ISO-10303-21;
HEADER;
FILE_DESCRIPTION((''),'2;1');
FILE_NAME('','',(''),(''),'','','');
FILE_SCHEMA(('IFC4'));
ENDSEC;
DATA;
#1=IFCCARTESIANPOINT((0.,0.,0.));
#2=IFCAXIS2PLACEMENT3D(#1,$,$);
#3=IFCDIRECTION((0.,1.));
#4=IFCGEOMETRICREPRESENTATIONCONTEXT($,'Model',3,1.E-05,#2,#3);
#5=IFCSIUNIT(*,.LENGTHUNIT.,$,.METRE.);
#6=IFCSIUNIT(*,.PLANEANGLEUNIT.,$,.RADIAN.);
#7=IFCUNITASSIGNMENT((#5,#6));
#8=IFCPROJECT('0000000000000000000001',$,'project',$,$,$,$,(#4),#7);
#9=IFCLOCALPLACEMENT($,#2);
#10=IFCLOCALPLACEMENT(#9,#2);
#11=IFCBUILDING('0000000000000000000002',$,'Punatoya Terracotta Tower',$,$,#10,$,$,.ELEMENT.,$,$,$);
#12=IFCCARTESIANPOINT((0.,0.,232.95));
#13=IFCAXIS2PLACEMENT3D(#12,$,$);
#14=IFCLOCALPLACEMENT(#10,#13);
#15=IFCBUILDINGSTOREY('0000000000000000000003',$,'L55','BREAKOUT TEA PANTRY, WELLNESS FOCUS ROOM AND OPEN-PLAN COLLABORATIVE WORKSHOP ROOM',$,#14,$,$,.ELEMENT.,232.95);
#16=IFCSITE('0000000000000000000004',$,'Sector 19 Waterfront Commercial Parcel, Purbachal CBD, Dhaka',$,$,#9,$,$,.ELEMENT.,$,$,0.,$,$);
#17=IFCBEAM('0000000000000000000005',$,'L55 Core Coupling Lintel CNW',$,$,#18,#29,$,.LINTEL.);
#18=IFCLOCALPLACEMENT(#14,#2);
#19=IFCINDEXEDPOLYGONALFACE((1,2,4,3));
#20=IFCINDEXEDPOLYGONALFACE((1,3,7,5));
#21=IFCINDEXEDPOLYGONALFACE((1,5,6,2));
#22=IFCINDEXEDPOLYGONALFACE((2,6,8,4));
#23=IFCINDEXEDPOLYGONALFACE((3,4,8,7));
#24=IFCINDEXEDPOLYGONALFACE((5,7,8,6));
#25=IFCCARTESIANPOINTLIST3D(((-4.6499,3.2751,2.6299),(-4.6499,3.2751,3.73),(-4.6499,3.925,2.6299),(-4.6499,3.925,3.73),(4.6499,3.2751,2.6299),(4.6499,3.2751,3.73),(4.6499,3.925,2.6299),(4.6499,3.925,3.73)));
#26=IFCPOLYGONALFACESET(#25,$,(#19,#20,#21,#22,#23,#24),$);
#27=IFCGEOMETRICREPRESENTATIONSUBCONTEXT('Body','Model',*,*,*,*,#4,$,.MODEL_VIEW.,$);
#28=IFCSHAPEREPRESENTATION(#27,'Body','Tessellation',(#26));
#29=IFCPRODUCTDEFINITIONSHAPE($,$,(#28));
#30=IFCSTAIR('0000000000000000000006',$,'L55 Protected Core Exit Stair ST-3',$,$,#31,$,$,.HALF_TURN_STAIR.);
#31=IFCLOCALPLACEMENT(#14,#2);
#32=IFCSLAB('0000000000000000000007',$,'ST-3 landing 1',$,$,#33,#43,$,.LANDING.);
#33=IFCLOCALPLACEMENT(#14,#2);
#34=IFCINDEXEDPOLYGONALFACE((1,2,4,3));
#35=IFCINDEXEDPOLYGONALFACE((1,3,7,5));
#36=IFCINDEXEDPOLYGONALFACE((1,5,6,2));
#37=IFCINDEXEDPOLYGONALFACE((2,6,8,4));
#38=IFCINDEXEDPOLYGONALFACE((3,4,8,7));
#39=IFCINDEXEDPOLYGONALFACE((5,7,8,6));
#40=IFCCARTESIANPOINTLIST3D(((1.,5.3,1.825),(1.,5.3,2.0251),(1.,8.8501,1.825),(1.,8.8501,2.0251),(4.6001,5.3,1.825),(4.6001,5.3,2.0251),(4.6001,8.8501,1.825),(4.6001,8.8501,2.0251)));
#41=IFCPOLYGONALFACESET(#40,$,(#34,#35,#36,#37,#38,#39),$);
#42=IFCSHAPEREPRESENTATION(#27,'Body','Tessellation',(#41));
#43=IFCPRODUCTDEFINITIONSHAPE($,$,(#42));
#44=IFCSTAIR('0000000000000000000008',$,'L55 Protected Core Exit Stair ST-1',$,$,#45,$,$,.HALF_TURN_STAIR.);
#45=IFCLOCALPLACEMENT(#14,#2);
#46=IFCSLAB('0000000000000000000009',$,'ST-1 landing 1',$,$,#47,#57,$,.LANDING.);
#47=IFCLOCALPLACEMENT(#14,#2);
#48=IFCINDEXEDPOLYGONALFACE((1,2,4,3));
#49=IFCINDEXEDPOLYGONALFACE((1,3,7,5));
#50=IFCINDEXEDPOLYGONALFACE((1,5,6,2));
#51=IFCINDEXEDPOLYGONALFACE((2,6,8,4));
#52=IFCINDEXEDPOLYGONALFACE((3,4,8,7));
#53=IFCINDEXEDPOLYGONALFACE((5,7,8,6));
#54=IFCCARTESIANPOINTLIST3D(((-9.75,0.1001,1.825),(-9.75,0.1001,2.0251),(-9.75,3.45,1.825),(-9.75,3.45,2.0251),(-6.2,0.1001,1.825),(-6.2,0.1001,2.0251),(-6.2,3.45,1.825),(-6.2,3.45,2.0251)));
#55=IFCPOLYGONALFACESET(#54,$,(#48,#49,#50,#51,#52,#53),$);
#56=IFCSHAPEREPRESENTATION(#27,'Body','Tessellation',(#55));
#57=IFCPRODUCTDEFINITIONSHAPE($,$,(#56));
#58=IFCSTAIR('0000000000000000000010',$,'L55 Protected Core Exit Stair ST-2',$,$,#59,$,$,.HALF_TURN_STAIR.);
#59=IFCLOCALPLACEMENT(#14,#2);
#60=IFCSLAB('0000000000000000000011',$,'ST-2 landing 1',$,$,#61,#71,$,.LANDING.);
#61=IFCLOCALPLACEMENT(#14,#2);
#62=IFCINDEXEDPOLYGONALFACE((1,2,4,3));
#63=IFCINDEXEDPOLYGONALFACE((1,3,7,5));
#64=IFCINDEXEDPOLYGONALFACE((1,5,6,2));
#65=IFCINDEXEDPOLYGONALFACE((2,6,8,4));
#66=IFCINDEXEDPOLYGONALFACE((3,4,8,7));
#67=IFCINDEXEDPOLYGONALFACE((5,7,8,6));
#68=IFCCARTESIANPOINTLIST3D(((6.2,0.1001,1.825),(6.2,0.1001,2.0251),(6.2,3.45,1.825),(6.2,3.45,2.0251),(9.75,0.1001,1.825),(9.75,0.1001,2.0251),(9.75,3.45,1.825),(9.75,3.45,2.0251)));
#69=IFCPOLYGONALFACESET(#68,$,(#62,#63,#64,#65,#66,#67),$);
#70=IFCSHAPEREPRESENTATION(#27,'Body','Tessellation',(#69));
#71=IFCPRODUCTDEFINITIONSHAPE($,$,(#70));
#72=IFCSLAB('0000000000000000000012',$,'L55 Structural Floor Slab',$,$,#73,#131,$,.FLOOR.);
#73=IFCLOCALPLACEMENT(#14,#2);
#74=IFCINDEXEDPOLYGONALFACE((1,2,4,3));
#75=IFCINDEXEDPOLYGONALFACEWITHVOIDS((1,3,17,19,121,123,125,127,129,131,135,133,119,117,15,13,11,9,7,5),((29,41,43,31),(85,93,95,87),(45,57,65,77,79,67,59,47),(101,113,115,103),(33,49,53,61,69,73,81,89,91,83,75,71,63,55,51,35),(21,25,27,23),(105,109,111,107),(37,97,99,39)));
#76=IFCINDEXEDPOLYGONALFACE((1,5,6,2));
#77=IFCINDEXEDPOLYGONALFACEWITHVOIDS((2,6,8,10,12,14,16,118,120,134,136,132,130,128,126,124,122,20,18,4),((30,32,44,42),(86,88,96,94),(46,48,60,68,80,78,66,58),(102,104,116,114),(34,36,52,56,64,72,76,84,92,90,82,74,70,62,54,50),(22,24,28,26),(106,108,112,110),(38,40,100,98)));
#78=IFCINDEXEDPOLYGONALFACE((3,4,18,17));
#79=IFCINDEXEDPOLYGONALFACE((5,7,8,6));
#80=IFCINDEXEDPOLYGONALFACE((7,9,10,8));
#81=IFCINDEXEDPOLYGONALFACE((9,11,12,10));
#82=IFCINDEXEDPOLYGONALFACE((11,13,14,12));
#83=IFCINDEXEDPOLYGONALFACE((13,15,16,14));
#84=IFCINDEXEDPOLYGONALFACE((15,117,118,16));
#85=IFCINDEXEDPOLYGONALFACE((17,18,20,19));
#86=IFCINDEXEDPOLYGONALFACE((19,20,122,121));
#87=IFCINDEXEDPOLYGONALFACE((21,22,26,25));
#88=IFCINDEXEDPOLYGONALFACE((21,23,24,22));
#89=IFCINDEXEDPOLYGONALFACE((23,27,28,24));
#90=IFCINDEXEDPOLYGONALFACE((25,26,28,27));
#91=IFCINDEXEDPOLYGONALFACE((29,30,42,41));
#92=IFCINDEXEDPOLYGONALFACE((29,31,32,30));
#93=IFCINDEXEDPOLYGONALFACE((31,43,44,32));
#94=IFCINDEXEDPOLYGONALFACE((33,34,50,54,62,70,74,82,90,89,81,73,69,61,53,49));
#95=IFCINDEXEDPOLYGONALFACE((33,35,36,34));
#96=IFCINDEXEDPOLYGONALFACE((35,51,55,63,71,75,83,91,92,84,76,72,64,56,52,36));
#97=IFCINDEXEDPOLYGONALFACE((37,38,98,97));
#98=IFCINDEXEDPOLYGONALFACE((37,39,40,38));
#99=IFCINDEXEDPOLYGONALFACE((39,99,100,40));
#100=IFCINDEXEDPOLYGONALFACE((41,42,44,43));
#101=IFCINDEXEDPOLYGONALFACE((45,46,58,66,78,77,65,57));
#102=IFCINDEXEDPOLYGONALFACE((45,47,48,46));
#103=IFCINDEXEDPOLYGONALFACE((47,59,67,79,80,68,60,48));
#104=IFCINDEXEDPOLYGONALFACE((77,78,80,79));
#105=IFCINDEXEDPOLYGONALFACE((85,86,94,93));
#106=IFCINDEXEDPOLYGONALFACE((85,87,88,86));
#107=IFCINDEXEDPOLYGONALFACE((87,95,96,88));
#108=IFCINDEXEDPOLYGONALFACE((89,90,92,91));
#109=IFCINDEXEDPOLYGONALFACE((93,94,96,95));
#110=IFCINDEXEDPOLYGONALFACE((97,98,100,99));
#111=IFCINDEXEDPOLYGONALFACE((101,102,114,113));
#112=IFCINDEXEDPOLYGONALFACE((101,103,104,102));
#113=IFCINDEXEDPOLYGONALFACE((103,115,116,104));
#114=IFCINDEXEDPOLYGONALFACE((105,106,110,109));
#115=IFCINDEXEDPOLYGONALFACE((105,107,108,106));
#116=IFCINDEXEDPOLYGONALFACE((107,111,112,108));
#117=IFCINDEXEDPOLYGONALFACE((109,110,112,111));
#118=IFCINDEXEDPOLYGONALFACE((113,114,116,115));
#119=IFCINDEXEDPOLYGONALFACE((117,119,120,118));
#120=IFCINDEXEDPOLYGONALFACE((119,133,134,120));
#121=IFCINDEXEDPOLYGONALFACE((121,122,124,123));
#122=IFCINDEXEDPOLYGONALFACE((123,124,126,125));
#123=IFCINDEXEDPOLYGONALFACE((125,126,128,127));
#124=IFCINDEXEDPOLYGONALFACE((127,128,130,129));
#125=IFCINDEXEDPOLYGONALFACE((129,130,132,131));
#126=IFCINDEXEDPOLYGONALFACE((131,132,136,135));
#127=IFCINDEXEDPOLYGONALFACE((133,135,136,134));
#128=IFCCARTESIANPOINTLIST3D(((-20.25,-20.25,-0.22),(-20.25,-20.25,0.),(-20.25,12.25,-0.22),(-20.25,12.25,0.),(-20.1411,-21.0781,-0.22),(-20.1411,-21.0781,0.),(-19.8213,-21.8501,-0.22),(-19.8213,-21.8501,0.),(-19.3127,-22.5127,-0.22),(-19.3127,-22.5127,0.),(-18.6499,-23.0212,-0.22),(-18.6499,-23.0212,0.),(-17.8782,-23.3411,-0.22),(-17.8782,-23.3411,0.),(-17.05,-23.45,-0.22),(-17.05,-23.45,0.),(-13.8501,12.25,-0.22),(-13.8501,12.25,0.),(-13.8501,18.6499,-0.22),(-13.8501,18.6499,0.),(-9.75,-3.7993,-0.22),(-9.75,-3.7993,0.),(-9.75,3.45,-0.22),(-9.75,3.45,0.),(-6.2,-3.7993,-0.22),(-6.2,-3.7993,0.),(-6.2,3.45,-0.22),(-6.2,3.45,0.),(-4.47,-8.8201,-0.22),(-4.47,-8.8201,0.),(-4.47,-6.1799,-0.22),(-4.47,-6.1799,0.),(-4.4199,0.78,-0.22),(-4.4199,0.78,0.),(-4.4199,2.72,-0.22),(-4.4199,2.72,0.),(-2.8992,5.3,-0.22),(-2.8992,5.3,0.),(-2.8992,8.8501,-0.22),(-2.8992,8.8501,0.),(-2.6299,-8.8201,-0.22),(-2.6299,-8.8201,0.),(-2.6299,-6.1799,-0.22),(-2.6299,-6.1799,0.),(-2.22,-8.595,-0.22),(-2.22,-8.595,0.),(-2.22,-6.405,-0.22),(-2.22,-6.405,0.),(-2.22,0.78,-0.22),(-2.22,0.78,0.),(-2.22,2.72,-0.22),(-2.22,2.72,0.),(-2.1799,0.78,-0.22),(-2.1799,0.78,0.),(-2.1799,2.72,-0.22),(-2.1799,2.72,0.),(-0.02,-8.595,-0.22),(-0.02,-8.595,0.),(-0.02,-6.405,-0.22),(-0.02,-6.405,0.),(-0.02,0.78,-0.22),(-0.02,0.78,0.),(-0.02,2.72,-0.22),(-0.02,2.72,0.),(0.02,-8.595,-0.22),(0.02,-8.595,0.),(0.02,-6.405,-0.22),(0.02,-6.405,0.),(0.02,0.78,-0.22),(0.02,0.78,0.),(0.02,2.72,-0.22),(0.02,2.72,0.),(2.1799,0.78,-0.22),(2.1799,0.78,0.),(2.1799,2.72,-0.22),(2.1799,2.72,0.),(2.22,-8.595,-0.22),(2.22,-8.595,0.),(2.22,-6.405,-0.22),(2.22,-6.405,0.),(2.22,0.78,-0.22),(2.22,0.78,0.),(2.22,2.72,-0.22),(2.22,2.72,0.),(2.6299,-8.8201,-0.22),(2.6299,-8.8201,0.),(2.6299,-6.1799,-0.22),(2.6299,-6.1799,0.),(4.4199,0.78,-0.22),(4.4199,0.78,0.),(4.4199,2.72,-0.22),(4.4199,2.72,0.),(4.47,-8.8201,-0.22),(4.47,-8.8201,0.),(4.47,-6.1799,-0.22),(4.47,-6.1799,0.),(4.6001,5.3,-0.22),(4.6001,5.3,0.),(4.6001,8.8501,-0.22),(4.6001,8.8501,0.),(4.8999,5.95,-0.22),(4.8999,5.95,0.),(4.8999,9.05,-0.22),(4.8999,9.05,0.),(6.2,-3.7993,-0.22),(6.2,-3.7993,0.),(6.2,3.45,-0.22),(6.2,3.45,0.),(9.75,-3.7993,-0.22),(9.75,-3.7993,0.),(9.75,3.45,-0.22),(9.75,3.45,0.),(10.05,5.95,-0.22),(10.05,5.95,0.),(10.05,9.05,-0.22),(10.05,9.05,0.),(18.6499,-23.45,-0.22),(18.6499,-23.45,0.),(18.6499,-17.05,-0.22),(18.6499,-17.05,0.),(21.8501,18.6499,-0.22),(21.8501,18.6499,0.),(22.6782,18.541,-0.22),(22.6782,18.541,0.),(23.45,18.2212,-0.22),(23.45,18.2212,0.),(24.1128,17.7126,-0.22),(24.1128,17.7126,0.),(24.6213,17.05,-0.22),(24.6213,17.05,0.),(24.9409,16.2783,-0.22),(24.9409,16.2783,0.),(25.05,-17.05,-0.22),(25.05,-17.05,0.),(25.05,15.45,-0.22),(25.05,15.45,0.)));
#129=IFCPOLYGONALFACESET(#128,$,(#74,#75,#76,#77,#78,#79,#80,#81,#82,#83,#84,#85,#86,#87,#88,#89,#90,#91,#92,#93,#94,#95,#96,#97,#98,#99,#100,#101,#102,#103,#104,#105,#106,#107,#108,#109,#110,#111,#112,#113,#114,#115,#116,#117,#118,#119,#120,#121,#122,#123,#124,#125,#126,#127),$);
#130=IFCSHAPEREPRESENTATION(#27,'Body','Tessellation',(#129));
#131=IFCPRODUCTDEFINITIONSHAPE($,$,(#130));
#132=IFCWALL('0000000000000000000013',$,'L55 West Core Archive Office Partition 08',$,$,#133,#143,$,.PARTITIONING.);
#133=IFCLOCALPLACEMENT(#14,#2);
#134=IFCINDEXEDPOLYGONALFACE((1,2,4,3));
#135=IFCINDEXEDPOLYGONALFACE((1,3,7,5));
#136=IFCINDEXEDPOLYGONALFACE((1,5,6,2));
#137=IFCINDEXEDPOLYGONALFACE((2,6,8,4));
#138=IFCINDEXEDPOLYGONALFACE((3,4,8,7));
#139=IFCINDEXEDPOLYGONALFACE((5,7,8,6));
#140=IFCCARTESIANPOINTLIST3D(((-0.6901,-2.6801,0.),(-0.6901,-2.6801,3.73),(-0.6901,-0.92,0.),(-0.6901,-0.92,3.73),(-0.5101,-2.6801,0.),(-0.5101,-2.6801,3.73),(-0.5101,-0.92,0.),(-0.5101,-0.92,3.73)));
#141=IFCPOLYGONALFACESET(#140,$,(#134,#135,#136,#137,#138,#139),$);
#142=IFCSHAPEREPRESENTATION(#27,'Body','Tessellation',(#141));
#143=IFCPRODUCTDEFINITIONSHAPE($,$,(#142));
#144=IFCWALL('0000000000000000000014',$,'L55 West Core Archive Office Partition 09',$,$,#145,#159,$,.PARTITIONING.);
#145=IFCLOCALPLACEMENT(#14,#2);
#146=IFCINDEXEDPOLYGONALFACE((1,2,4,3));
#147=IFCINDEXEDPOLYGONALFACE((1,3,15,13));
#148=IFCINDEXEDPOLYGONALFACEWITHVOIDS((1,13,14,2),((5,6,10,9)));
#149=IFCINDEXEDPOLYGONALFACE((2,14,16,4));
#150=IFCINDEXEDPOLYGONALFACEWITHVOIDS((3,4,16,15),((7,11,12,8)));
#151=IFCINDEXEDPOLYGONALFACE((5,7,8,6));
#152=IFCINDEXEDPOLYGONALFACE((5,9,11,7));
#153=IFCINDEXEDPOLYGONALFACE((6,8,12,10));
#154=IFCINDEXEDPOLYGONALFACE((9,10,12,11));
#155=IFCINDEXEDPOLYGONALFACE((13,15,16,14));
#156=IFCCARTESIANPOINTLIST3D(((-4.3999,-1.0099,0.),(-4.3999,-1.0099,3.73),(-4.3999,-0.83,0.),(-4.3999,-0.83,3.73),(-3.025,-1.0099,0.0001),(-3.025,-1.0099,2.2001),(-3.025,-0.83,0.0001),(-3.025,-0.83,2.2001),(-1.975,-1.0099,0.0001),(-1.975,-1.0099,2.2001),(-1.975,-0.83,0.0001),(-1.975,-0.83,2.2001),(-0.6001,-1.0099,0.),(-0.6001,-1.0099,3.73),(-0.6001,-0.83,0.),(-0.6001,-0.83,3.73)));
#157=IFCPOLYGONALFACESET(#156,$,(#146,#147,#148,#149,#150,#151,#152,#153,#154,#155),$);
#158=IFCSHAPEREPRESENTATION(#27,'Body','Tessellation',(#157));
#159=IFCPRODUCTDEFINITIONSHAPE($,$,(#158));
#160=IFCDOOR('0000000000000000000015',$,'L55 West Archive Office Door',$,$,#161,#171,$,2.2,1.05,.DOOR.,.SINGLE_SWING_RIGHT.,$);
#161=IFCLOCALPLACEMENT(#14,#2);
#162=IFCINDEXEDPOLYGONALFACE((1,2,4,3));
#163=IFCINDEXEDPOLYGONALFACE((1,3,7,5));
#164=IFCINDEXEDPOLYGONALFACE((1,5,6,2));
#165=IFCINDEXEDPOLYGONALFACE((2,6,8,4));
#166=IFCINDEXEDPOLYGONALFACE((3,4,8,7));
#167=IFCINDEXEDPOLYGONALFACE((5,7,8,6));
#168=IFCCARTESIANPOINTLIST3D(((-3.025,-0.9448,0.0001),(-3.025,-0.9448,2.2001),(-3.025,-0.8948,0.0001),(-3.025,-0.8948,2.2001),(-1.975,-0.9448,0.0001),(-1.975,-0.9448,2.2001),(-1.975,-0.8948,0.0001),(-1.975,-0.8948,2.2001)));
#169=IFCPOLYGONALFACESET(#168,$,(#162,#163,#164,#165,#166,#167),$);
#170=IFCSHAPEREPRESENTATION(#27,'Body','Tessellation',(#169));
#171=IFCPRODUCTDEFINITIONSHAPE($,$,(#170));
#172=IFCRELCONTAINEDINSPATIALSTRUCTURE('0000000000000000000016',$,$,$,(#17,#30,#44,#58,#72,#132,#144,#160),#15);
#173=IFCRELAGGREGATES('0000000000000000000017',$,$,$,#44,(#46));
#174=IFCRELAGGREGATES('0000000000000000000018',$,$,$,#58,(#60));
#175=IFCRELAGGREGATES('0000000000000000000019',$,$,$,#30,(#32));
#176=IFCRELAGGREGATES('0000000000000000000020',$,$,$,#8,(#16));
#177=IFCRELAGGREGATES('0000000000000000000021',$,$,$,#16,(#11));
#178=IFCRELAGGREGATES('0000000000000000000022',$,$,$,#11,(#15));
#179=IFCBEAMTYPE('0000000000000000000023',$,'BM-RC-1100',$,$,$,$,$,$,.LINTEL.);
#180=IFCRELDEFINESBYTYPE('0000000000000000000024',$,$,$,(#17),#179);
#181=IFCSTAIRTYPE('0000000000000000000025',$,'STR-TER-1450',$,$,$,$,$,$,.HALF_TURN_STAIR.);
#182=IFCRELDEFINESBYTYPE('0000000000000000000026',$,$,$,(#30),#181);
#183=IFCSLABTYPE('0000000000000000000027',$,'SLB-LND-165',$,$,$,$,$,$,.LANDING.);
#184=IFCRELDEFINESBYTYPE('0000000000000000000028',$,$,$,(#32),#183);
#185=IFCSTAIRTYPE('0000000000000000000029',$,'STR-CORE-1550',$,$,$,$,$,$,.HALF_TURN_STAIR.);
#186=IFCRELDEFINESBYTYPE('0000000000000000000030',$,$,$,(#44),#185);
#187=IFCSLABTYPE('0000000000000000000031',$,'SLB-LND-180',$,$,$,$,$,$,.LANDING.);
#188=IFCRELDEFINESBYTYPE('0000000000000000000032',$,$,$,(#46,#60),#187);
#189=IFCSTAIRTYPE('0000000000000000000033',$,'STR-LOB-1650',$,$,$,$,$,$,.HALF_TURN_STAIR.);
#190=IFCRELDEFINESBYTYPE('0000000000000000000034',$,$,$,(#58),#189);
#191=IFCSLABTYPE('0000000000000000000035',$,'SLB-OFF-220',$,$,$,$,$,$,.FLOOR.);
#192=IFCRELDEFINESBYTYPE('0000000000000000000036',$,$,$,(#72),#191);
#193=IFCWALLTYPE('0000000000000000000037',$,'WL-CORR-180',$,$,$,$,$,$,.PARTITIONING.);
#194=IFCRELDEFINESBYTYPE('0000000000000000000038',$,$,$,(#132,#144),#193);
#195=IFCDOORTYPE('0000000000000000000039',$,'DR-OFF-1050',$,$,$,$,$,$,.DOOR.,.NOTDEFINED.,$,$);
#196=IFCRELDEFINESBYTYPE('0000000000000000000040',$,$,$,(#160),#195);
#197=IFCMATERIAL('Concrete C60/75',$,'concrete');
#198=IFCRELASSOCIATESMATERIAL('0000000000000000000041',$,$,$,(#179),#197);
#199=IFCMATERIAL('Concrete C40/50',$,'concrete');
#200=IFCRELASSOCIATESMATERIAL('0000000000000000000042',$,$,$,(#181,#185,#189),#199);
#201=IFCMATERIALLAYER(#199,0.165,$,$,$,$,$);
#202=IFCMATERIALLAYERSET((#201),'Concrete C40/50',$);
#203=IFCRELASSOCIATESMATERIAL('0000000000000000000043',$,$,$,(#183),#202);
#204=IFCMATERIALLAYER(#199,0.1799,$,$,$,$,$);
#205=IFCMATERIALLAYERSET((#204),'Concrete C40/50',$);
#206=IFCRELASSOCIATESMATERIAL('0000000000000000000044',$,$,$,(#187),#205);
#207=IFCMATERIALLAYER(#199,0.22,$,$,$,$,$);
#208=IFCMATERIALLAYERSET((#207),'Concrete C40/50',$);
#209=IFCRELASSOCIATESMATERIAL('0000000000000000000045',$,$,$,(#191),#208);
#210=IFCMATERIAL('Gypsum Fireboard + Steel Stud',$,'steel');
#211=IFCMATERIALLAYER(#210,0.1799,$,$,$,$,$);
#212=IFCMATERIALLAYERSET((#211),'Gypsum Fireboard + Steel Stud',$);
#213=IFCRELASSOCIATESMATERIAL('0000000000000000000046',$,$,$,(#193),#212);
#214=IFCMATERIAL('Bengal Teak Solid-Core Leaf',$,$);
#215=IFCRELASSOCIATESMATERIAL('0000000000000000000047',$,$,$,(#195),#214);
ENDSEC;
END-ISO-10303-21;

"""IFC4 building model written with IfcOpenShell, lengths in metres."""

from ifc_helpers import new_model, si_unit, direction, frame, frame_2d, origin, origin_2d, place, context, subcontext, project, spatial, polyline, rectangle, outline, extrude, material, layer, layer_set, material_profile, profile_set, type_object, element, fill, aggregate, save


model = new_model("IFC4")

# Units and contexts
model_context = context("Model", 3, precision=1e-05, world=origin(), true_north=direction((0.0, 1.0)))
body_context = subcontext(model_context, "Body", "Model", "MODEL_VIEW")
ifc_project = project(units=[si_unit("LENGTHUNIT", "METRE"), si_unit("PLANEANGLEUNIT", "RADIAN")], contexts=[model_context])

# Site, building, storey
site_placement = place(None, origin())
site = spatial("IfcSite", under=ifc_project, at=site_placement, Name="Sector 19 Waterfront Commercial Parcel, Purbachal CBD, Dhaka", CompositionType="ELEMENT", RefElevation=0.0)
building_placement = place(site_placement, origin())
building = spatial("IfcBuilding", under=site, at=building_placement, Name="Punatoya Terracotta Tower", CompositionType="ELEMENT")
storey_placement = place(building_placement, frame((0.0, 0.0, 232.95)))
storey = spatial("IfcBuildingStorey", under=building, at=storey_placement, Name="L55", Description="BREAKOUT TEA PANTRY, WELLNESS FOCUS ROOM AND OPEN-PLAN COLLABORATIVE WORKSHOP ROOM", CompositionType="ELEMENT", Elevation=232.95)

# Beam
ifc_material_1 = material(Name="Concrete C60/75", Category="concrete")
ifc_material_profile = material_profile(ifc_material_1, rectangle(XDim=0.6499, YDim=1.1001, at=origin_2d()))
ifc_profile_set = profile_set([ifc_material_profile], Name="Concrete C60/75")
beam_type = type_object("IfcBeamType", Name="BM-RC-1100", PredefinedType="LINTEL", material=ifc_profile_set)
beam_placement = place(storey_placement, frame((-4.6499, 3.6001, 3.1799), z_axis=(1.0, 0.0, 0.0), x_axis=(0.0, 1.0, 0.0)))
element("IfcBeam", 1, at=beam_placement, inside=storey, type_object=beam_type, Name="L55 Core Coupling Lintel CNW", PredefinedType="LINTEL", context=body_context, shape_type="SweptSolid", body=[
    extrude(rectangle(XDim=0.6499, YDim=1.1001, at=origin_2d()), origin(), (0.0, 0.0, 1.0), 9.2998),
])

# Stairs, slabs
ifc_material_2 = material(Name="Concrete C40/50", Category="concrete")
stair_type_1 = type_object("IfcStairType", Name="STR-TER-1450", PredefinedType="HALF_TURN_STAIR", material=ifc_material_2)
stair_1_placement = place(storey_placement, origin())
stair_1 = element("IfcStair", 2, at=stair_1_placement, inside=storey, type_object=stair_type_1, Name="L55 Protected Core Exit Stair ST-3", PredefinedType="HALF_TURN_STAIR")
ifc_layer_1 = layer(ifc_material_2, 0.165)
ifc_layer_set_1 = layer_set([ifc_layer_1], Name="Concrete C40/50")
slab_type_1 = type_object("IfcSlabType", Name="SLB-LND-165", PredefinedType="LANDING", material=ifc_layer_set_1)
slab_1_placement = place(storey_placement, frame((0.0, 0.0, 1.825)))
slab_1 = element("IfcSlab", 3, at=slab_1_placement, type_object=slab_type_1, Name="ST-3 landing 1", PredefinedType="LANDING", context=body_context, shape_type="SweptSolid", body=[
    extrude(outline(polyline([(1.0, 5.3), (4.6001, 5.3), (4.6001, 8.8501), (1.0, 8.8501), (1.0, 5.3)])), origin(), (0.0, 0.0, 1.0), 0.2002),
])
stair_type_2 = type_object("IfcStairType", Name="STR-CORE-1550", PredefinedType="HALF_TURN_STAIR", material=ifc_material_2)
stair_2_placement = place(storey_placement, origin())
stair_2 = element("IfcStair", 4, at=stair_2_placement, inside=storey, type_object=stair_type_2, Name="L55 Protected Core Exit Stair ST-1", PredefinedType="HALF_TURN_STAIR")
ifc_layer_2 = layer(ifc_material_2, 0.1799)
ifc_layer_set_2 = layer_set([ifc_layer_2], Name="Concrete C40/50")
slab_type_2 = type_object("IfcSlabType", Name="SLB-LND-180", PredefinedType="LANDING", material=ifc_layer_set_2)
slab_2_placement = place(storey_placement, frame((0.0, 0.0, 1.825)))
slab_2 = element("IfcSlab", 5, at=slab_2_placement, type_object=slab_type_2, Name="ST-1 landing 1", PredefinedType="LANDING", context=body_context, shape_type="SweptSolid", body=[
    extrude(outline(polyline([(-6.2, 0.1001), (-6.2, 3.45), (-9.75, 3.45), (-9.75, 0.1001), (-6.2, 0.1001)])), origin(), (0.0, 0.0, 1.0), 0.2002),
])
aggregate(stair_2, [slab_2])
stair_type_3 = type_object("IfcStairType", Name="STR-LOB-1650", PredefinedType="HALF_TURN_STAIR", material=ifc_material_2)
stair_3_placement = place(storey_placement, origin())
stair_3 = element("IfcStair", 6, at=stair_3_placement, inside=storey, type_object=stair_type_3, Name="L55 Protected Core Exit Stair ST-2", PredefinedType="HALF_TURN_STAIR")
slab_3_placement = place(storey_placement, frame((0.0, 0.0, 1.825)))
slab_3 = element("IfcSlab", 7, at=slab_3_placement, type_object=slab_type_2, Name="ST-2 landing 1", PredefinedType="LANDING", context=body_context, shape_type="SweptSolid", body=[
    extrude(outline(polyline([(9.75, 0.1001), (9.75, 3.45), (6.2, 3.45), (6.2, 0.1001), (9.75, 0.1001)])), origin(), (0.0, 0.0, 1.0), 0.2002),
])
aggregate(stair_3, [slab_3])

# Slab
ifc_layer_3 = layer(ifc_material_2, 0.22)
ifc_layer_set_3 = layer_set([ifc_layer_3], Name="Concrete C40/50")
slab_type_3 = type_object("IfcSlabType", Name="SLB-OFF-220", PredefinedType="FLOOR", material=ifc_layer_set_3)
slab_4_placement = place(storey_placement, frame((0.0, 0.0, -0.22)))
element("IfcSlab", 8, at=slab_4_placement, inside=storey, type_object=slab_type_3, Name="L55 Structural Floor Slab", PredefinedType="FLOOR", context=body_context, shape_type="SweptSolid", body=[
    extrude(outline(polyline([(-17.05, -23.45), (-17.8782, -23.3411), (-18.6499, -23.0212), (-19.3127, -22.5127), (-19.8213, -21.8501), (-20.1411, -21.0781), (-20.25, -20.25), (-20.25, 12.25), (-13.8501, 12.25), (-13.8501, 18.6499), (21.8501, 18.6499), (22.6782, 18.541), (23.45, 18.2212), (24.1128, 17.7126), (24.6213, 17.05), (24.9409, 16.2783), (25.05, 15.45), (25.05, -17.05), (18.6499, -17.05), (18.6499, -23.45), (-17.05, -23.45)]), holes=[polyline([(-2.6299, -6.1799), (-4.47, -6.1799), (-4.47, -8.8201), (-2.6299, -8.8201), (-2.6299, -6.1799)]), polyline([(0.02, -8.595), (2.22, -8.595), (2.22, -6.405), (0.02, -6.405), (-0.02, -6.405), (-2.22, -6.405), (-2.22, -8.595), (-0.02, -8.595), (0.02, -8.595)]), polyline([(-6.2, 3.45), (-9.75, 3.45), (-9.75, -3.7993), (-6.2, -3.7993), (-6.2, 3.45)]), polyline([(-4.4199, 2.72), (-4.4199, 0.78), (-2.22, 0.78), (-2.1799, 0.78), (-0.02, 0.78), (0.02, 0.78), (2.1799, 0.78), (2.22, 0.78), (4.4199, 0.78), (4.4199, 2.72), (2.22, 2.72), (2.1799, 2.72), (0.02, 2.72), (-0.02, 2.72), (-2.1799, 2.72), (-2.22, 2.72), (-4.4199, 2.72)]), polyline([(4.6001, 5.3), (4.6001, 8.8501), (-2.8992, 8.8501), (-2.8992, 5.3), (4.6001, 5.3)]), polyline([(4.47, -8.8201), (4.47, -6.1799), (2.6299, -6.1799), (2.6299, -8.8201), (4.47, -8.8201)]), polyline([(9.75, 3.45), (6.2, 3.45), (6.2, -3.7993), (9.75, -3.7993), (9.75, 3.45)]), polyline([(10.05, 5.95), (10.05, 9.05), (4.8999, 9.05), (4.8999, 5.95), (10.05, 5.95)])]), origin(), (0.0, 0.0, 1.0), 0.22),
])

# Wall
ifc_material_3 = material(Name="Gypsum Fireboard + Steel Stud", Category="steel")
ifc_layer_4 = layer(ifc_material_3, 0.1799)
ifc_layer_set_4 = layer_set([ifc_layer_4], Name="Gypsum Fireboard + Steel Stud")
wall_type_1 = type_object("IfcWallType", Name="WL-CORR-180", PredefinedType="PARTITIONING", material=ifc_layer_set_4)
wall_1_placement = place(storey_placement, frame((-0.6001, -2.6799, 0.0), z_axis=(0.0, 0.0, 1.0), x_axis=(0.0, 1.0, 0.0)))
element("IfcWall", 9, at=wall_1_placement, inside=storey, type_object=wall_type_1, Name="L55 West Core Archive Office Partition 08", PredefinedType="PARTITIONING", context=body_context, shape_type="SweptSolid", body=[
    extrude(rectangle(XDim=1.76, YDim=0.1799, at=frame_2d((0.8799, 0.0))), origin(), (0.0, 0.0, 1.0), 3.73),
])

# Wall, opening, door
wall_2_placement = place(storey_placement, frame((-0.6001, -0.9199, 0.0), z_axis=(0.0, 0.0, 1.0), x_axis=(-1.0, 0.0, 0.0)))
wall_2 = element("IfcWall", 10, at=wall_2_placement, inside=storey, type_object=wall_type_1, Name="L55 West Core Archive Office Partition 09", PredefinedType="PARTITIONING", context=body_context, shape_type="SweptSolid", body=[
    extrude(rectangle(XDim=3.7998, YDim=0.1799, at=frame_2d((1.8999, 0.0))), origin(), (0.0, 0.0, 1.0), 3.73),
])
opening_1_placement = place(wall_2_placement, frame((1.375, 0.0, 0.0)))
opening_1 = element("IfcOpeningElement", 11, at=opening_1_placement, cuts=wall_2, PredefinedType="OPENING", context=body_context, shape_type="SweptSolid", body=[
    extrude(rectangle(XDim=1.05, YDim=2.2, at=frame_2d((0.5249, 1.1001))), frame((0.0, 0.0999, 0.0), z_axis=(0.0, -1.0, 0.0), x_axis=(1.0, 0.0, 0.0)), (0.0, 0.0, 1.0), 0.2),
])
ifc_material_4 = material(Name="Bengal Teak Solid-Core Leaf")
door_type_1 = type_object("IfcDoorType", Name="DR-OFF-1050", OperationType="NOTDEFINED", PredefinedType="DOOR", material=ifc_material_4)
door_1_placement = place(opening_1_placement, origin())
door_1 = element("IfcDoor", 12, at=door_1_placement, inside=storey, type_object=door_type_1, Name="L55 West Archive Office Door", OperationType="SINGLE_SWING_RIGHT", OverallHeight=2.2, OverallWidth=1.05, PredefinedType="DOOR", context=body_context, shape_type="SweptSolid", body=[
    extrude(rectangle(XDim=1.05, YDim=2.2, at=frame_2d((0.5249, 1.1001))), frame((0.0, 0.0249, 0.0), z_axis=(0.0, -1.0, 0.0), x_axis=(1.0, 0.0, 0.0)), (0.0, 0.0, 1.0), 0.05),
])
fill(opening_1, door_1)

aggregate(stair_1, [slab_1])

save(model, "model.ifc")
